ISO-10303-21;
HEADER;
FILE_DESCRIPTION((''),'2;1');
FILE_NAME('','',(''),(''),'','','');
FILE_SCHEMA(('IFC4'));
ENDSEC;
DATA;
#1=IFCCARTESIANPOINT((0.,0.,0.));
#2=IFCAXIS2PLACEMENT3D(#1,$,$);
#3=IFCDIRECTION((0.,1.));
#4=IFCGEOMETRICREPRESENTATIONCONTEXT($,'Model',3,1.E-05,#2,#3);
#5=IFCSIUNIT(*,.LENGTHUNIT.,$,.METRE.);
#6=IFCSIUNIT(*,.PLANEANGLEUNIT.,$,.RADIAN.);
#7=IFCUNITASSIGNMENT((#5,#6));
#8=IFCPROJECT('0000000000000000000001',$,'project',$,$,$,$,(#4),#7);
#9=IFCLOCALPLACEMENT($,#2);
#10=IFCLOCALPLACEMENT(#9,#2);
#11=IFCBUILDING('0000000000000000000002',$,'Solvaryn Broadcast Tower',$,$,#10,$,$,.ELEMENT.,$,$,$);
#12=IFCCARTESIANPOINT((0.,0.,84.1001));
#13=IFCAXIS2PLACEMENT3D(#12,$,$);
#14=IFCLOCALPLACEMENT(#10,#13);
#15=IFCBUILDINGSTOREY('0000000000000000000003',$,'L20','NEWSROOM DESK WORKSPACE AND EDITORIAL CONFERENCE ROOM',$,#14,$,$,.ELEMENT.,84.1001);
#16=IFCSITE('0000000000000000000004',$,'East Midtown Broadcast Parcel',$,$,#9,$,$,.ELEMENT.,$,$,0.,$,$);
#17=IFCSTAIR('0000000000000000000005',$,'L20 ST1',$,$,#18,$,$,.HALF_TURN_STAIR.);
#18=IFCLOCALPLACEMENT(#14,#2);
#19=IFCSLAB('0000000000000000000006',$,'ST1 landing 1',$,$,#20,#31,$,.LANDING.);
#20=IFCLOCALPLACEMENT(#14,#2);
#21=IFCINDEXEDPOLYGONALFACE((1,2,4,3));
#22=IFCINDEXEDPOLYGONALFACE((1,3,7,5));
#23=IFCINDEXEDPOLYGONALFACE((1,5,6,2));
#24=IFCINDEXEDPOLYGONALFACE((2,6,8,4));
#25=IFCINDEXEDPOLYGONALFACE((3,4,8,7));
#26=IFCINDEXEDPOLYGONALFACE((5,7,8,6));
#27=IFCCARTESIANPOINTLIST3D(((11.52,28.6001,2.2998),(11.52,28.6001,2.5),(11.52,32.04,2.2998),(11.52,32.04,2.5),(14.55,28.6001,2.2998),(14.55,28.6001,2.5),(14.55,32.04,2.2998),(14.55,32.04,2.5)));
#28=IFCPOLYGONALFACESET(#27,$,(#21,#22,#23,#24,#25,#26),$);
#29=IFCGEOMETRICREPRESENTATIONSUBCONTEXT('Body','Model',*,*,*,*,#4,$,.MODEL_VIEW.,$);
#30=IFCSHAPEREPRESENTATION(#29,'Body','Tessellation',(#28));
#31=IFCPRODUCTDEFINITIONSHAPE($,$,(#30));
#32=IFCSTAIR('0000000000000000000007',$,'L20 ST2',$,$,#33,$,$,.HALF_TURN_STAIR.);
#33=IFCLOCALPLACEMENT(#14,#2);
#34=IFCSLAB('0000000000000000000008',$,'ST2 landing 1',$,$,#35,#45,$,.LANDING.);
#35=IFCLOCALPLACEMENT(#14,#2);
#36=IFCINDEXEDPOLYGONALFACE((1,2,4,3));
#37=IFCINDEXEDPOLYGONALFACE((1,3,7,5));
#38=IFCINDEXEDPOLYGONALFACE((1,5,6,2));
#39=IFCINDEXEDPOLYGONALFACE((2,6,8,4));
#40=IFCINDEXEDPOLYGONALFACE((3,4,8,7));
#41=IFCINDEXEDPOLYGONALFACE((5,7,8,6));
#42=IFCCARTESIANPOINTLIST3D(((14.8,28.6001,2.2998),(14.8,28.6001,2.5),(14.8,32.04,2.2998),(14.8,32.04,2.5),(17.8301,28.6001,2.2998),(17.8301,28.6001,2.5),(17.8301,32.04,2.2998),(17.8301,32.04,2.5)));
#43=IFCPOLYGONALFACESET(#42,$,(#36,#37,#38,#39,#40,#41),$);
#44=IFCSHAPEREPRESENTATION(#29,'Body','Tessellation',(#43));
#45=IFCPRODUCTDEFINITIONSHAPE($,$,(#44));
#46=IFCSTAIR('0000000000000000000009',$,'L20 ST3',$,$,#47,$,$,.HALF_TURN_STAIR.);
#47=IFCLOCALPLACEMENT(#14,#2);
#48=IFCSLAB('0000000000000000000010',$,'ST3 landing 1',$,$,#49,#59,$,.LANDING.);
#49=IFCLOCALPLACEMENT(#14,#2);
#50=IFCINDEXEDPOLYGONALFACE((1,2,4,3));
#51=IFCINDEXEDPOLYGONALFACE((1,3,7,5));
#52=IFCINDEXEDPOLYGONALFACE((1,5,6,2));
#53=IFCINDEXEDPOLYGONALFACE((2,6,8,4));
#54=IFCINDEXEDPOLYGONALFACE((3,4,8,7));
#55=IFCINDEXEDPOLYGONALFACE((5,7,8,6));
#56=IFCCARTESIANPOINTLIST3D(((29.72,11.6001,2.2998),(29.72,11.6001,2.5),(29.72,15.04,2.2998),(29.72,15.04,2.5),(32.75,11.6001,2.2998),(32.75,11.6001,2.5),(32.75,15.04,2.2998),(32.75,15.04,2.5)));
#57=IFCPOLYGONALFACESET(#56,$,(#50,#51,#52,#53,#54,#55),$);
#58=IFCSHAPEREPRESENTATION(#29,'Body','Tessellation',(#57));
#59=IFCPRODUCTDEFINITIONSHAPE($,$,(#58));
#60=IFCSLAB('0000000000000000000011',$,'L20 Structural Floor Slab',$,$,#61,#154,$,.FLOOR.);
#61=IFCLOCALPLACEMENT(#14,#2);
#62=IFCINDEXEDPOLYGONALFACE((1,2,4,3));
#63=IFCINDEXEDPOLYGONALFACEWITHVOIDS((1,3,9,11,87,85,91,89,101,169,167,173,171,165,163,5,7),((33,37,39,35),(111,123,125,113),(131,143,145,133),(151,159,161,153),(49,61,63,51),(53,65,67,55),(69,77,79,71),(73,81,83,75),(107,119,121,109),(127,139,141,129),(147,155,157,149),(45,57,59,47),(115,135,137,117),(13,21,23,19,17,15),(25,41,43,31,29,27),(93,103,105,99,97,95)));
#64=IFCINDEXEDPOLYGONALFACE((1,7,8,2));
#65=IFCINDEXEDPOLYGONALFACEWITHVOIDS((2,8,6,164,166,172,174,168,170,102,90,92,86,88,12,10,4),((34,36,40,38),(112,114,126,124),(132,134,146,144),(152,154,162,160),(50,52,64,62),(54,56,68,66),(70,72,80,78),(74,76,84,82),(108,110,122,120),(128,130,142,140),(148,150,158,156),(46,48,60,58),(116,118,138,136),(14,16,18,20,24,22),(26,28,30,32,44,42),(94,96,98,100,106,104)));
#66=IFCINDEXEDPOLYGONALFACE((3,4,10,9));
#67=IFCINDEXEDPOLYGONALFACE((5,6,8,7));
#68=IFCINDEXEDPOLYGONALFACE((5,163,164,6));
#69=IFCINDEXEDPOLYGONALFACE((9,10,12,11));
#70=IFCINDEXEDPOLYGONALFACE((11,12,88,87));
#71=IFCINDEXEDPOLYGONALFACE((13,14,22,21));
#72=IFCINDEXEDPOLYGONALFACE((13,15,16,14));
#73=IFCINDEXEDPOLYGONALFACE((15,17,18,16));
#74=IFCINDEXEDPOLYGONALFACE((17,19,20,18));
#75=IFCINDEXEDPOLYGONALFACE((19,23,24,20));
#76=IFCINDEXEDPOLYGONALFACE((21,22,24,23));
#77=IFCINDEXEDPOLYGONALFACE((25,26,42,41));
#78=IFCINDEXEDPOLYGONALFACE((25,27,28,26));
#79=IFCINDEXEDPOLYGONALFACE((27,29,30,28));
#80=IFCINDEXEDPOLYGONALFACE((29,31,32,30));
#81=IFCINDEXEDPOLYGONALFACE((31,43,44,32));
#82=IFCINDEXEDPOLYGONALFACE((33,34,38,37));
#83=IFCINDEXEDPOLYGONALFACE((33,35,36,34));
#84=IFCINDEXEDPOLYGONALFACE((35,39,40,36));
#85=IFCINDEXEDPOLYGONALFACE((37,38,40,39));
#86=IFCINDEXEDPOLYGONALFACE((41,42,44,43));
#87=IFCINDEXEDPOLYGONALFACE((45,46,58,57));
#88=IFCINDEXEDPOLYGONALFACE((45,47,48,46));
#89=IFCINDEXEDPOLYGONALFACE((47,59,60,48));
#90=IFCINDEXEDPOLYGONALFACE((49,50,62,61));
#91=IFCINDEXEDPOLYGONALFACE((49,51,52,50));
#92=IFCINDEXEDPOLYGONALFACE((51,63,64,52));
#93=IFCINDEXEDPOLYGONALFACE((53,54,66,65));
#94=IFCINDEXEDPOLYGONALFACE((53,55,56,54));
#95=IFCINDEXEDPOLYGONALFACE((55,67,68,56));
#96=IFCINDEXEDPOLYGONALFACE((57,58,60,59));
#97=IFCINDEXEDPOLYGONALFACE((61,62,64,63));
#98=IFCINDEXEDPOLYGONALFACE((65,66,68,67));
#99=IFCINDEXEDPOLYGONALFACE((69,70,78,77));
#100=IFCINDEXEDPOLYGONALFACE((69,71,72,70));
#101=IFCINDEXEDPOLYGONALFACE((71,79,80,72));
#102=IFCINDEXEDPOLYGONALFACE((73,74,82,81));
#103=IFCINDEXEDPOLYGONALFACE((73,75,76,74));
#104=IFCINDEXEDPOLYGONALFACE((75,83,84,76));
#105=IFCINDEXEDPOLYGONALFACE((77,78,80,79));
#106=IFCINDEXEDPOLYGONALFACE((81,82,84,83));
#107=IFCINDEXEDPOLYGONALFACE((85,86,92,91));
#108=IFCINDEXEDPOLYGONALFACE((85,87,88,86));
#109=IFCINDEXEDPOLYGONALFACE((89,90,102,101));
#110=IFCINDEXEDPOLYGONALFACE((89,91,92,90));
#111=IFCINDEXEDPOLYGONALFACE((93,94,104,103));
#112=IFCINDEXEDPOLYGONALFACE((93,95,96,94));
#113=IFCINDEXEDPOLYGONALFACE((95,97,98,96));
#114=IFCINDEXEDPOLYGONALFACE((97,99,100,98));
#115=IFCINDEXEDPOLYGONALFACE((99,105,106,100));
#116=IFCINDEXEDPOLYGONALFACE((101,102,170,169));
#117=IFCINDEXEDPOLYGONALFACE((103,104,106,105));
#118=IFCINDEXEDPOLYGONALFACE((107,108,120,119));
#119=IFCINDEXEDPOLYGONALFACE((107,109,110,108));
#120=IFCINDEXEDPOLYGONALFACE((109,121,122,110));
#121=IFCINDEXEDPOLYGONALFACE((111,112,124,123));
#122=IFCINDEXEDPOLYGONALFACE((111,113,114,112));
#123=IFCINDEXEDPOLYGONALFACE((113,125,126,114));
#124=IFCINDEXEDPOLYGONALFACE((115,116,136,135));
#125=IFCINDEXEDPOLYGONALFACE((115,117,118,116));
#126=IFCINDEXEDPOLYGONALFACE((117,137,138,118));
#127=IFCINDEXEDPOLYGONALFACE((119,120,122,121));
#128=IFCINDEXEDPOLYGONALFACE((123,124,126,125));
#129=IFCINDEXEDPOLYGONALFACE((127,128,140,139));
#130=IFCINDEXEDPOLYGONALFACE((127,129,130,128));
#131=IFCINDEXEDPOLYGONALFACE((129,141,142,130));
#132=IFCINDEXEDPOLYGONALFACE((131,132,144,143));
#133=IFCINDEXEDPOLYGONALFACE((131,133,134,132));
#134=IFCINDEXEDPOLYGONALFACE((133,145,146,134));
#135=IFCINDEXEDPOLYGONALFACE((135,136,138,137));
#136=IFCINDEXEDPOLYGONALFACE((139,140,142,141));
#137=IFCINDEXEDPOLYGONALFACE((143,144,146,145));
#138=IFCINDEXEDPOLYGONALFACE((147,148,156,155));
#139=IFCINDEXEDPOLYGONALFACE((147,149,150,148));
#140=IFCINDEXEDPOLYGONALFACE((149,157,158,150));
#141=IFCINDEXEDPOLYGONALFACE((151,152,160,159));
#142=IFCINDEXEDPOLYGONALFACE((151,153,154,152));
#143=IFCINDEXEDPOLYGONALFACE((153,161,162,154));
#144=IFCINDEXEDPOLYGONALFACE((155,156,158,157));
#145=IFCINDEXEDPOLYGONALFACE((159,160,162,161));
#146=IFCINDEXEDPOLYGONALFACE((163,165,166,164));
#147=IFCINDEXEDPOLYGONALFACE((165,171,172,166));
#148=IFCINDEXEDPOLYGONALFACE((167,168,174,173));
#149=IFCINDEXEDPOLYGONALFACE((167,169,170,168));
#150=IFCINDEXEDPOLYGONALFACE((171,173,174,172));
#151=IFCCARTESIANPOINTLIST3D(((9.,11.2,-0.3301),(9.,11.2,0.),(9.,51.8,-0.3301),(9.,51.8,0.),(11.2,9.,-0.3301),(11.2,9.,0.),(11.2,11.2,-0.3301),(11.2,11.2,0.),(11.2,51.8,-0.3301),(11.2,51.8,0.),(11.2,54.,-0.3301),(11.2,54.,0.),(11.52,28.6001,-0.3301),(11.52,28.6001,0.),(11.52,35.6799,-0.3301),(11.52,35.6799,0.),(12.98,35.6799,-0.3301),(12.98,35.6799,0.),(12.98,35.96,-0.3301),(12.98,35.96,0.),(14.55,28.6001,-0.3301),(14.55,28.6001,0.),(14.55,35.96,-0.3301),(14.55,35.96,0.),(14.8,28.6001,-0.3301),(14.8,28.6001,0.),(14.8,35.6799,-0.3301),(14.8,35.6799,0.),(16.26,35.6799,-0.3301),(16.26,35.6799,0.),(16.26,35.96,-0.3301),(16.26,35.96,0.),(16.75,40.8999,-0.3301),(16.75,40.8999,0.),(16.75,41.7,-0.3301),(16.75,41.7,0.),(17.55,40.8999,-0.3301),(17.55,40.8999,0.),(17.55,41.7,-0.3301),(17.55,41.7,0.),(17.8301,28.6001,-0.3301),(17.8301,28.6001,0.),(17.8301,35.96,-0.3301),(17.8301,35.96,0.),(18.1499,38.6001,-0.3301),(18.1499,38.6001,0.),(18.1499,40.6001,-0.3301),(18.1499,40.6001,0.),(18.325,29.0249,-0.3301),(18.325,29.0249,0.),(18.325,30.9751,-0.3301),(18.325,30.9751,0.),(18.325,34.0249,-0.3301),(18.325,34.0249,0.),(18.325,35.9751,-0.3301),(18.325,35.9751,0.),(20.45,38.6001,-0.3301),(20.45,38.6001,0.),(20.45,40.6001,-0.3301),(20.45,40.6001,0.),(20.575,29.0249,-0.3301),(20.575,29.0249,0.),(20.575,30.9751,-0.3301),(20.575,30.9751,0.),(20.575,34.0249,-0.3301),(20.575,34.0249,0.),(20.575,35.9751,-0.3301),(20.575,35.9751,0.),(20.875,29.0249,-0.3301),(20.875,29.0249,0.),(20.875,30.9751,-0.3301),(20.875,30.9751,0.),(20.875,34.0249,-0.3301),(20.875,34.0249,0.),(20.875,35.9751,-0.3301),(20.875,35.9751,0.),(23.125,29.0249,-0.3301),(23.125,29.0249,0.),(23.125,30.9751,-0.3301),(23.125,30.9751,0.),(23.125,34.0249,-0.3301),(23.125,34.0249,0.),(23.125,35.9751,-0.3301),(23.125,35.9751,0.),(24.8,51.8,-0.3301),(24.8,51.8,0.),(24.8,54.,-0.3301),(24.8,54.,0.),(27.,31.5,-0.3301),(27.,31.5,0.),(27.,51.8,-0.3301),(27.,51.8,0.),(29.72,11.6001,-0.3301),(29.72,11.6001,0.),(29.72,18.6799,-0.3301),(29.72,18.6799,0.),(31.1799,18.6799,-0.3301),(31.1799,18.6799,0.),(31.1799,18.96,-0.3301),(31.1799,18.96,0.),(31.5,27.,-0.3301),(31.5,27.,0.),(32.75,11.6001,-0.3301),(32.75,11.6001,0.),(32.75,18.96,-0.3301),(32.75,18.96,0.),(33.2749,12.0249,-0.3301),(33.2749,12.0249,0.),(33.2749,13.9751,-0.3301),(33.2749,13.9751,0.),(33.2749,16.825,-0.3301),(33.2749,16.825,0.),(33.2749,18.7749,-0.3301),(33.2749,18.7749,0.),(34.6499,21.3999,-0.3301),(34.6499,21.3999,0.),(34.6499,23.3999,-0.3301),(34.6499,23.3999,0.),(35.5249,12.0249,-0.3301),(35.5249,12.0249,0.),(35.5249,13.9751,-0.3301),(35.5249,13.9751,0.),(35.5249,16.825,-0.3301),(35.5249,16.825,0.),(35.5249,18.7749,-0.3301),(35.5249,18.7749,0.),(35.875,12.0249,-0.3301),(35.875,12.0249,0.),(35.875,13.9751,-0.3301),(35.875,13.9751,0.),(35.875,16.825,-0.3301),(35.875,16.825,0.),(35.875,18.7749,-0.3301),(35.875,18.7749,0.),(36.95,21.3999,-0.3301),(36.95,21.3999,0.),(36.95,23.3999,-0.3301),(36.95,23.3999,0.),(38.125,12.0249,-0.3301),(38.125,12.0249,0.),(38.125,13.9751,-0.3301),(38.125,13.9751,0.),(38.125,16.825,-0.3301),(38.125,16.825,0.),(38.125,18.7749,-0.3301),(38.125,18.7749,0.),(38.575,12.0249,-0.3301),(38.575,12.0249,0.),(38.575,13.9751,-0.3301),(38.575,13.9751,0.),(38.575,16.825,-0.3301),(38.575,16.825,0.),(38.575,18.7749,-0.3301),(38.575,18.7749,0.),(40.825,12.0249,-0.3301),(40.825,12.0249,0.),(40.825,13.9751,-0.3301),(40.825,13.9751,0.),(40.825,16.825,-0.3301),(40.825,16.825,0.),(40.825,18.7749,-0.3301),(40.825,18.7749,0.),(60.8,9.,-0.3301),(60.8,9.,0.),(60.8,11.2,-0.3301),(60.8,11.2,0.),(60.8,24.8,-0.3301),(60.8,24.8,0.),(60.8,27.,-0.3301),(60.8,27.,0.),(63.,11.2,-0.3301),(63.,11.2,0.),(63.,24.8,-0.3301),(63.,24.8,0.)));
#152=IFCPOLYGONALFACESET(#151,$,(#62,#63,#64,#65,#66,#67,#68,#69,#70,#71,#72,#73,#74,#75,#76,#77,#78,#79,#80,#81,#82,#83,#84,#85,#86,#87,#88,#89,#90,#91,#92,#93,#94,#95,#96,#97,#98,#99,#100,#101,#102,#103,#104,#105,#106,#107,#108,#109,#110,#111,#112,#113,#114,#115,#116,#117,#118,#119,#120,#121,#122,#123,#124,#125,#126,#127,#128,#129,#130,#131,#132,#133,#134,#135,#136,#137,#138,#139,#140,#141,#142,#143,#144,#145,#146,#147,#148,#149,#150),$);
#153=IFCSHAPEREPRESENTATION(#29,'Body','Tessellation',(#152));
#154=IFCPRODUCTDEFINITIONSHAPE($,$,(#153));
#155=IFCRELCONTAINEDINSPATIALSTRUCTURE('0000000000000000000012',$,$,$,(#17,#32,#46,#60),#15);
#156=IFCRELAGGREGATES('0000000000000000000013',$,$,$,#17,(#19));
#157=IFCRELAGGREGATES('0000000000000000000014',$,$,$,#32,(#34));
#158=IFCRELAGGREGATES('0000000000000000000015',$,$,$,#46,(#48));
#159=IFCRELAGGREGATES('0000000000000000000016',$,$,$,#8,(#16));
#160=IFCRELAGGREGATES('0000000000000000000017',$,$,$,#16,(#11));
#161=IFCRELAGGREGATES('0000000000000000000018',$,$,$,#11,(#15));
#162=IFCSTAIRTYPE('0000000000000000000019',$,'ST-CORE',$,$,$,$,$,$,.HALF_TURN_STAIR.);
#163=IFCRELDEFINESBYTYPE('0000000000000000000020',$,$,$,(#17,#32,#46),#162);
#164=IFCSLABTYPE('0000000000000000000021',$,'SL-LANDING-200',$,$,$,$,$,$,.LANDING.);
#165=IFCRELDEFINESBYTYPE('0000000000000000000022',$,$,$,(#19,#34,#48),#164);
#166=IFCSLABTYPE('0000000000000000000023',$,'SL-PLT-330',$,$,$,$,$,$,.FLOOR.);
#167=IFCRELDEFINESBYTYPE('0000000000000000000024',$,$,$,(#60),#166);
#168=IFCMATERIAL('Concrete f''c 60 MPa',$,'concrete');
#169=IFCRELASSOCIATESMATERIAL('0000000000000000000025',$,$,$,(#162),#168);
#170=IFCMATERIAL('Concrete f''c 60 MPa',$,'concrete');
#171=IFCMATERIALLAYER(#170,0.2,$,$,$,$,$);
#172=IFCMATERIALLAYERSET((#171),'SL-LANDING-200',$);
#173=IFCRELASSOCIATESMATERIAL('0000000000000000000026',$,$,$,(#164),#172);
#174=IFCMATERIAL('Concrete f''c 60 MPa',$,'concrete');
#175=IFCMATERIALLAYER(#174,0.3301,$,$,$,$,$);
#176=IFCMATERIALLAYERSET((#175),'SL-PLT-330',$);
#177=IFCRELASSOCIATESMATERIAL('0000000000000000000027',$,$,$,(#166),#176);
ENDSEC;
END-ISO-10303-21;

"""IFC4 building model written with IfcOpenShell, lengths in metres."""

from ifc_helpers import new_model, si_unit, direction, frame, origin, place, context, subcontext, project, spatial, polyline, outline, extrude, material, layer, layer_set, type_object, element, aggregate, save


model = new_model("IFC4")

# Units and contexts
model_context = context("Model", 3, precision=1e-05, world=origin(), true_north=direction((0.0, 1.0)))
body_context = subcontext(model_context, "Body", "Model", "MODEL_VIEW")
ifc_project = project(units=[si_unit("LENGTHUNIT", "METRE"), si_unit("PLANEANGLEUNIT", "RADIAN")], contexts=[model_context])

# Site, building, storey
site_placement = place(None, origin())
site = spatial("IfcSite", under=ifc_project, at=site_placement, Name="East Midtown Broadcast Parcel", CompositionType="ELEMENT", RefElevation=0.0)
building_placement = place(site_placement, origin())
building = spatial("IfcBuilding", under=site, at=building_placement, Name="Solvaryn Broadcast Tower", CompositionType="ELEMENT")
storey_placement = place(building_placement, frame((0.0, 0.0, 84.1001)))
storey = spatial("IfcBuildingStorey", under=building, at=storey_placement, Name="L20", Description="NEWSROOM DESK WORKSPACE AND EDITORIAL CONFERENCE ROOM", CompositionType="ELEMENT", Elevation=84.1001)

# Stairs, slabs
ifc_material_1 = material(Name="Concrete f'c 60 MPa", Category="concrete")
stair_type = type_object("IfcStairType", Name="ST-CORE", PredefinedType="HALF_TURN_STAIR", material=ifc_material_1)
stair_1_placement = place(storey_placement, origin())
stair_1 = element("IfcStair", 1, at=stair_1_placement, inside=storey, type_object=stair_type, Name="L20 ST1", PredefinedType="HALF_TURN_STAIR")
ifc_material_2 = material(Name="Concrete f'c 60 MPa", Category="concrete")
ifc_layer_1 = layer(ifc_material_2, 0.2)
ifc_layer_set_1 = layer_set([ifc_layer_1], Name="SL-LANDING-200")
slab_type_1 = type_object("IfcSlabType", Name="SL-LANDING-200", PredefinedType="LANDING", material=ifc_layer_set_1)
slab_1_placement = place(storey_placement, frame((0.0, 0.0, 2.2998)))
slab_1 = element("IfcSlab", 2, at=slab_1_placement, type_object=slab_type_1, Name="ST1 landing 1", PredefinedType="LANDING", context=body_context, shape_type="SweptSolid", body=[
    extrude(outline(polyline([(11.52, 32.04), (11.52, 28.6001), (14.55, 28.6001), (14.55, 32.04), (11.52, 32.04)])), origin(), (0.0, 0.0, 1.0), 0.2002),
])
aggregate(stair_1, [slab_1])
stair_2_placement = place(storey_placement, origin())
stair_2 = element("IfcStair", 3, at=stair_2_placement, inside=storey, type_object=stair_type, Name="L20 ST2", PredefinedType="HALF_TURN_STAIR")
slab_2_placement = place(storey_placement, frame((0.0, 0.0, 2.2998)))
slab_2 = element("IfcSlab", 4, at=slab_2_placement, type_object=slab_type_1, Name="ST2 landing 1", PredefinedType="LANDING", context=body_context, shape_type="SweptSolid", body=[
    extrude(outline(polyline([(14.8, 32.04), (14.8, 28.6001), (17.8301, 28.6001), (17.8301, 32.04), (14.8, 32.04)])), origin(), (0.0, 0.0, 1.0), 0.2002),
])
aggregate(stair_2, [slab_2])
stair_3_placement = place(storey_placement, origin())
stair_3 = element("IfcStair", 5, at=stair_3_placement, inside=storey, type_object=stair_type, Name="L20 ST3", PredefinedType="HALF_TURN_STAIR")
slab_3_placement = place(storey_placement, frame((0.0, 0.0, 2.2998)))
slab_3 = element("IfcSlab", 6, at=slab_3_placement, type_object=slab_type_1, Name="ST3 landing 1", PredefinedType="LANDING", context=body_context, shape_type="SweptSolid", body=[
    extrude(outline(polyline([(29.72, 15.04), (29.72, 11.6001), (32.75, 11.6001), (32.75, 15.04), (29.72, 15.04)])), origin(), (0.0, 0.0, 1.0), 0.2002),
])
aggregate(stair_3, [slab_3])

# Slab
ifc_material_3 = material(Name="Concrete f'c 60 MPa", Category="concrete")
ifc_layer_2 = layer(ifc_material_3, 0.3301)
ifc_layer_set_2 = layer_set([ifc_layer_2], Name="SL-PLT-330")
slab_type_2 = type_object("IfcSlabType", Name="SL-PLT-330", PredefinedType="FLOOR", material=ifc_layer_set_2)
slab_4_placement = place(storey_placement, frame((0.0, 0.0, -0.3301)))
element("IfcSlab", 7, at=slab_4_placement, inside=storey, type_object=slab_type_2, Name="L20 Structural Floor Slab", PredefinedType="FLOOR", context=body_context, shape_type="SweptSolid", body=[
    extrude(outline(polyline([(11.2, 9.0), (60.8, 9.0), (60.8, 11.2), (63.0, 11.2), (63.0, 24.8), (60.8, 24.8), (60.8, 27.0), (31.5, 27.0), (27.0, 31.5), (27.0, 51.8), (24.8, 51.8), (24.8, 54.0), (11.2, 54.0), (11.2, 51.8), (9.0, 51.8), (9.0, 11.2), (11.2, 11.2), (11.2, 9.0)]), holes=[polyline([(11.52, 28.6001), (14.55, 28.6001), (14.55, 35.96), (12.98, 35.96), (12.98, 35.6799), (11.52, 35.6799), (11.52, 28.6001)]), polyline([(14.8, 28.6001), (17.8301, 28.6001), (17.8301, 35.96), (16.26, 35.96), (16.26, 35.6799), (14.8, 35.6799), (14.8, 28.6001)]), polyline([(29.72, 11.6001), (32.75, 11.6001), (32.75, 18.96), (31.1799, 18.96), (31.1799, 18.6799), (29.72, 18.6799), (29.72, 11.6001)]), polyline([(18.1499, 38.6001), (20.45, 38.6001), (20.45, 40.6001), (18.1499, 40.6001), (18.1499, 38.6001)]), polyline([(18.325, 29.0249), (20.575, 29.0249), (20.575, 30.9751), (18.325, 30.9751), (18.325, 29.0249)]), polyline([(20.875, 29.0249), (23.125, 29.0249), (23.125, 30.9751), (20.875, 30.9751), (20.875, 29.0249)]), polyline([(18.325, 34.0249), (20.575, 34.0249), (20.575, 35.9751), (18.325, 35.9751), (18.325, 34.0249)]), polyline([(20.875, 34.0249), (23.125, 34.0249), (23.125, 35.9751), (20.875, 35.9751), (20.875, 34.0249)]), polyline([(34.6499, 21.3999), (36.95, 21.3999), (36.95, 23.3999), (34.6499, 23.3999), (34.6499, 21.3999)]), polyline([(33.2749, 12.0249), (35.5249, 12.0249), (35.5249, 13.9751), (33.2749, 13.9751), (33.2749, 12.0249)]), polyline([(35.875, 12.0249), (38.125, 12.0249), (38.125, 13.9751), (35.875, 13.9751), (35.875, 12.0249)]), polyline([(33.2749, 16.825), (35.5249, 16.825), (35.5249, 18.7749), (33.2749, 18.7749), (33.2749, 16.825)]), polyline([(35.875, 16.825), (38.125, 16.825), (38.125, 18.7749), (35.875, 18.7749), (35.875, 16.825)]), polyline([(38.575, 12.0249), (40.825, 12.0249), (40.825, 13.9751), (38.575, 13.9751), (38.575, 12.0249)]), polyline([(38.575, 16.825), (40.825, 16.825), (40.825, 18.7749), (38.575, 18.7749), (38.575, 16.825)]), polyline([(16.75, 40.8999), (17.55, 40.8999), (17.55, 41.7), (16.75, 41.7), (16.75, 40.8999)])]), origin(), (0.0, 0.0, 1.0), 0.3301),
])

save(model, "model.ifc")
